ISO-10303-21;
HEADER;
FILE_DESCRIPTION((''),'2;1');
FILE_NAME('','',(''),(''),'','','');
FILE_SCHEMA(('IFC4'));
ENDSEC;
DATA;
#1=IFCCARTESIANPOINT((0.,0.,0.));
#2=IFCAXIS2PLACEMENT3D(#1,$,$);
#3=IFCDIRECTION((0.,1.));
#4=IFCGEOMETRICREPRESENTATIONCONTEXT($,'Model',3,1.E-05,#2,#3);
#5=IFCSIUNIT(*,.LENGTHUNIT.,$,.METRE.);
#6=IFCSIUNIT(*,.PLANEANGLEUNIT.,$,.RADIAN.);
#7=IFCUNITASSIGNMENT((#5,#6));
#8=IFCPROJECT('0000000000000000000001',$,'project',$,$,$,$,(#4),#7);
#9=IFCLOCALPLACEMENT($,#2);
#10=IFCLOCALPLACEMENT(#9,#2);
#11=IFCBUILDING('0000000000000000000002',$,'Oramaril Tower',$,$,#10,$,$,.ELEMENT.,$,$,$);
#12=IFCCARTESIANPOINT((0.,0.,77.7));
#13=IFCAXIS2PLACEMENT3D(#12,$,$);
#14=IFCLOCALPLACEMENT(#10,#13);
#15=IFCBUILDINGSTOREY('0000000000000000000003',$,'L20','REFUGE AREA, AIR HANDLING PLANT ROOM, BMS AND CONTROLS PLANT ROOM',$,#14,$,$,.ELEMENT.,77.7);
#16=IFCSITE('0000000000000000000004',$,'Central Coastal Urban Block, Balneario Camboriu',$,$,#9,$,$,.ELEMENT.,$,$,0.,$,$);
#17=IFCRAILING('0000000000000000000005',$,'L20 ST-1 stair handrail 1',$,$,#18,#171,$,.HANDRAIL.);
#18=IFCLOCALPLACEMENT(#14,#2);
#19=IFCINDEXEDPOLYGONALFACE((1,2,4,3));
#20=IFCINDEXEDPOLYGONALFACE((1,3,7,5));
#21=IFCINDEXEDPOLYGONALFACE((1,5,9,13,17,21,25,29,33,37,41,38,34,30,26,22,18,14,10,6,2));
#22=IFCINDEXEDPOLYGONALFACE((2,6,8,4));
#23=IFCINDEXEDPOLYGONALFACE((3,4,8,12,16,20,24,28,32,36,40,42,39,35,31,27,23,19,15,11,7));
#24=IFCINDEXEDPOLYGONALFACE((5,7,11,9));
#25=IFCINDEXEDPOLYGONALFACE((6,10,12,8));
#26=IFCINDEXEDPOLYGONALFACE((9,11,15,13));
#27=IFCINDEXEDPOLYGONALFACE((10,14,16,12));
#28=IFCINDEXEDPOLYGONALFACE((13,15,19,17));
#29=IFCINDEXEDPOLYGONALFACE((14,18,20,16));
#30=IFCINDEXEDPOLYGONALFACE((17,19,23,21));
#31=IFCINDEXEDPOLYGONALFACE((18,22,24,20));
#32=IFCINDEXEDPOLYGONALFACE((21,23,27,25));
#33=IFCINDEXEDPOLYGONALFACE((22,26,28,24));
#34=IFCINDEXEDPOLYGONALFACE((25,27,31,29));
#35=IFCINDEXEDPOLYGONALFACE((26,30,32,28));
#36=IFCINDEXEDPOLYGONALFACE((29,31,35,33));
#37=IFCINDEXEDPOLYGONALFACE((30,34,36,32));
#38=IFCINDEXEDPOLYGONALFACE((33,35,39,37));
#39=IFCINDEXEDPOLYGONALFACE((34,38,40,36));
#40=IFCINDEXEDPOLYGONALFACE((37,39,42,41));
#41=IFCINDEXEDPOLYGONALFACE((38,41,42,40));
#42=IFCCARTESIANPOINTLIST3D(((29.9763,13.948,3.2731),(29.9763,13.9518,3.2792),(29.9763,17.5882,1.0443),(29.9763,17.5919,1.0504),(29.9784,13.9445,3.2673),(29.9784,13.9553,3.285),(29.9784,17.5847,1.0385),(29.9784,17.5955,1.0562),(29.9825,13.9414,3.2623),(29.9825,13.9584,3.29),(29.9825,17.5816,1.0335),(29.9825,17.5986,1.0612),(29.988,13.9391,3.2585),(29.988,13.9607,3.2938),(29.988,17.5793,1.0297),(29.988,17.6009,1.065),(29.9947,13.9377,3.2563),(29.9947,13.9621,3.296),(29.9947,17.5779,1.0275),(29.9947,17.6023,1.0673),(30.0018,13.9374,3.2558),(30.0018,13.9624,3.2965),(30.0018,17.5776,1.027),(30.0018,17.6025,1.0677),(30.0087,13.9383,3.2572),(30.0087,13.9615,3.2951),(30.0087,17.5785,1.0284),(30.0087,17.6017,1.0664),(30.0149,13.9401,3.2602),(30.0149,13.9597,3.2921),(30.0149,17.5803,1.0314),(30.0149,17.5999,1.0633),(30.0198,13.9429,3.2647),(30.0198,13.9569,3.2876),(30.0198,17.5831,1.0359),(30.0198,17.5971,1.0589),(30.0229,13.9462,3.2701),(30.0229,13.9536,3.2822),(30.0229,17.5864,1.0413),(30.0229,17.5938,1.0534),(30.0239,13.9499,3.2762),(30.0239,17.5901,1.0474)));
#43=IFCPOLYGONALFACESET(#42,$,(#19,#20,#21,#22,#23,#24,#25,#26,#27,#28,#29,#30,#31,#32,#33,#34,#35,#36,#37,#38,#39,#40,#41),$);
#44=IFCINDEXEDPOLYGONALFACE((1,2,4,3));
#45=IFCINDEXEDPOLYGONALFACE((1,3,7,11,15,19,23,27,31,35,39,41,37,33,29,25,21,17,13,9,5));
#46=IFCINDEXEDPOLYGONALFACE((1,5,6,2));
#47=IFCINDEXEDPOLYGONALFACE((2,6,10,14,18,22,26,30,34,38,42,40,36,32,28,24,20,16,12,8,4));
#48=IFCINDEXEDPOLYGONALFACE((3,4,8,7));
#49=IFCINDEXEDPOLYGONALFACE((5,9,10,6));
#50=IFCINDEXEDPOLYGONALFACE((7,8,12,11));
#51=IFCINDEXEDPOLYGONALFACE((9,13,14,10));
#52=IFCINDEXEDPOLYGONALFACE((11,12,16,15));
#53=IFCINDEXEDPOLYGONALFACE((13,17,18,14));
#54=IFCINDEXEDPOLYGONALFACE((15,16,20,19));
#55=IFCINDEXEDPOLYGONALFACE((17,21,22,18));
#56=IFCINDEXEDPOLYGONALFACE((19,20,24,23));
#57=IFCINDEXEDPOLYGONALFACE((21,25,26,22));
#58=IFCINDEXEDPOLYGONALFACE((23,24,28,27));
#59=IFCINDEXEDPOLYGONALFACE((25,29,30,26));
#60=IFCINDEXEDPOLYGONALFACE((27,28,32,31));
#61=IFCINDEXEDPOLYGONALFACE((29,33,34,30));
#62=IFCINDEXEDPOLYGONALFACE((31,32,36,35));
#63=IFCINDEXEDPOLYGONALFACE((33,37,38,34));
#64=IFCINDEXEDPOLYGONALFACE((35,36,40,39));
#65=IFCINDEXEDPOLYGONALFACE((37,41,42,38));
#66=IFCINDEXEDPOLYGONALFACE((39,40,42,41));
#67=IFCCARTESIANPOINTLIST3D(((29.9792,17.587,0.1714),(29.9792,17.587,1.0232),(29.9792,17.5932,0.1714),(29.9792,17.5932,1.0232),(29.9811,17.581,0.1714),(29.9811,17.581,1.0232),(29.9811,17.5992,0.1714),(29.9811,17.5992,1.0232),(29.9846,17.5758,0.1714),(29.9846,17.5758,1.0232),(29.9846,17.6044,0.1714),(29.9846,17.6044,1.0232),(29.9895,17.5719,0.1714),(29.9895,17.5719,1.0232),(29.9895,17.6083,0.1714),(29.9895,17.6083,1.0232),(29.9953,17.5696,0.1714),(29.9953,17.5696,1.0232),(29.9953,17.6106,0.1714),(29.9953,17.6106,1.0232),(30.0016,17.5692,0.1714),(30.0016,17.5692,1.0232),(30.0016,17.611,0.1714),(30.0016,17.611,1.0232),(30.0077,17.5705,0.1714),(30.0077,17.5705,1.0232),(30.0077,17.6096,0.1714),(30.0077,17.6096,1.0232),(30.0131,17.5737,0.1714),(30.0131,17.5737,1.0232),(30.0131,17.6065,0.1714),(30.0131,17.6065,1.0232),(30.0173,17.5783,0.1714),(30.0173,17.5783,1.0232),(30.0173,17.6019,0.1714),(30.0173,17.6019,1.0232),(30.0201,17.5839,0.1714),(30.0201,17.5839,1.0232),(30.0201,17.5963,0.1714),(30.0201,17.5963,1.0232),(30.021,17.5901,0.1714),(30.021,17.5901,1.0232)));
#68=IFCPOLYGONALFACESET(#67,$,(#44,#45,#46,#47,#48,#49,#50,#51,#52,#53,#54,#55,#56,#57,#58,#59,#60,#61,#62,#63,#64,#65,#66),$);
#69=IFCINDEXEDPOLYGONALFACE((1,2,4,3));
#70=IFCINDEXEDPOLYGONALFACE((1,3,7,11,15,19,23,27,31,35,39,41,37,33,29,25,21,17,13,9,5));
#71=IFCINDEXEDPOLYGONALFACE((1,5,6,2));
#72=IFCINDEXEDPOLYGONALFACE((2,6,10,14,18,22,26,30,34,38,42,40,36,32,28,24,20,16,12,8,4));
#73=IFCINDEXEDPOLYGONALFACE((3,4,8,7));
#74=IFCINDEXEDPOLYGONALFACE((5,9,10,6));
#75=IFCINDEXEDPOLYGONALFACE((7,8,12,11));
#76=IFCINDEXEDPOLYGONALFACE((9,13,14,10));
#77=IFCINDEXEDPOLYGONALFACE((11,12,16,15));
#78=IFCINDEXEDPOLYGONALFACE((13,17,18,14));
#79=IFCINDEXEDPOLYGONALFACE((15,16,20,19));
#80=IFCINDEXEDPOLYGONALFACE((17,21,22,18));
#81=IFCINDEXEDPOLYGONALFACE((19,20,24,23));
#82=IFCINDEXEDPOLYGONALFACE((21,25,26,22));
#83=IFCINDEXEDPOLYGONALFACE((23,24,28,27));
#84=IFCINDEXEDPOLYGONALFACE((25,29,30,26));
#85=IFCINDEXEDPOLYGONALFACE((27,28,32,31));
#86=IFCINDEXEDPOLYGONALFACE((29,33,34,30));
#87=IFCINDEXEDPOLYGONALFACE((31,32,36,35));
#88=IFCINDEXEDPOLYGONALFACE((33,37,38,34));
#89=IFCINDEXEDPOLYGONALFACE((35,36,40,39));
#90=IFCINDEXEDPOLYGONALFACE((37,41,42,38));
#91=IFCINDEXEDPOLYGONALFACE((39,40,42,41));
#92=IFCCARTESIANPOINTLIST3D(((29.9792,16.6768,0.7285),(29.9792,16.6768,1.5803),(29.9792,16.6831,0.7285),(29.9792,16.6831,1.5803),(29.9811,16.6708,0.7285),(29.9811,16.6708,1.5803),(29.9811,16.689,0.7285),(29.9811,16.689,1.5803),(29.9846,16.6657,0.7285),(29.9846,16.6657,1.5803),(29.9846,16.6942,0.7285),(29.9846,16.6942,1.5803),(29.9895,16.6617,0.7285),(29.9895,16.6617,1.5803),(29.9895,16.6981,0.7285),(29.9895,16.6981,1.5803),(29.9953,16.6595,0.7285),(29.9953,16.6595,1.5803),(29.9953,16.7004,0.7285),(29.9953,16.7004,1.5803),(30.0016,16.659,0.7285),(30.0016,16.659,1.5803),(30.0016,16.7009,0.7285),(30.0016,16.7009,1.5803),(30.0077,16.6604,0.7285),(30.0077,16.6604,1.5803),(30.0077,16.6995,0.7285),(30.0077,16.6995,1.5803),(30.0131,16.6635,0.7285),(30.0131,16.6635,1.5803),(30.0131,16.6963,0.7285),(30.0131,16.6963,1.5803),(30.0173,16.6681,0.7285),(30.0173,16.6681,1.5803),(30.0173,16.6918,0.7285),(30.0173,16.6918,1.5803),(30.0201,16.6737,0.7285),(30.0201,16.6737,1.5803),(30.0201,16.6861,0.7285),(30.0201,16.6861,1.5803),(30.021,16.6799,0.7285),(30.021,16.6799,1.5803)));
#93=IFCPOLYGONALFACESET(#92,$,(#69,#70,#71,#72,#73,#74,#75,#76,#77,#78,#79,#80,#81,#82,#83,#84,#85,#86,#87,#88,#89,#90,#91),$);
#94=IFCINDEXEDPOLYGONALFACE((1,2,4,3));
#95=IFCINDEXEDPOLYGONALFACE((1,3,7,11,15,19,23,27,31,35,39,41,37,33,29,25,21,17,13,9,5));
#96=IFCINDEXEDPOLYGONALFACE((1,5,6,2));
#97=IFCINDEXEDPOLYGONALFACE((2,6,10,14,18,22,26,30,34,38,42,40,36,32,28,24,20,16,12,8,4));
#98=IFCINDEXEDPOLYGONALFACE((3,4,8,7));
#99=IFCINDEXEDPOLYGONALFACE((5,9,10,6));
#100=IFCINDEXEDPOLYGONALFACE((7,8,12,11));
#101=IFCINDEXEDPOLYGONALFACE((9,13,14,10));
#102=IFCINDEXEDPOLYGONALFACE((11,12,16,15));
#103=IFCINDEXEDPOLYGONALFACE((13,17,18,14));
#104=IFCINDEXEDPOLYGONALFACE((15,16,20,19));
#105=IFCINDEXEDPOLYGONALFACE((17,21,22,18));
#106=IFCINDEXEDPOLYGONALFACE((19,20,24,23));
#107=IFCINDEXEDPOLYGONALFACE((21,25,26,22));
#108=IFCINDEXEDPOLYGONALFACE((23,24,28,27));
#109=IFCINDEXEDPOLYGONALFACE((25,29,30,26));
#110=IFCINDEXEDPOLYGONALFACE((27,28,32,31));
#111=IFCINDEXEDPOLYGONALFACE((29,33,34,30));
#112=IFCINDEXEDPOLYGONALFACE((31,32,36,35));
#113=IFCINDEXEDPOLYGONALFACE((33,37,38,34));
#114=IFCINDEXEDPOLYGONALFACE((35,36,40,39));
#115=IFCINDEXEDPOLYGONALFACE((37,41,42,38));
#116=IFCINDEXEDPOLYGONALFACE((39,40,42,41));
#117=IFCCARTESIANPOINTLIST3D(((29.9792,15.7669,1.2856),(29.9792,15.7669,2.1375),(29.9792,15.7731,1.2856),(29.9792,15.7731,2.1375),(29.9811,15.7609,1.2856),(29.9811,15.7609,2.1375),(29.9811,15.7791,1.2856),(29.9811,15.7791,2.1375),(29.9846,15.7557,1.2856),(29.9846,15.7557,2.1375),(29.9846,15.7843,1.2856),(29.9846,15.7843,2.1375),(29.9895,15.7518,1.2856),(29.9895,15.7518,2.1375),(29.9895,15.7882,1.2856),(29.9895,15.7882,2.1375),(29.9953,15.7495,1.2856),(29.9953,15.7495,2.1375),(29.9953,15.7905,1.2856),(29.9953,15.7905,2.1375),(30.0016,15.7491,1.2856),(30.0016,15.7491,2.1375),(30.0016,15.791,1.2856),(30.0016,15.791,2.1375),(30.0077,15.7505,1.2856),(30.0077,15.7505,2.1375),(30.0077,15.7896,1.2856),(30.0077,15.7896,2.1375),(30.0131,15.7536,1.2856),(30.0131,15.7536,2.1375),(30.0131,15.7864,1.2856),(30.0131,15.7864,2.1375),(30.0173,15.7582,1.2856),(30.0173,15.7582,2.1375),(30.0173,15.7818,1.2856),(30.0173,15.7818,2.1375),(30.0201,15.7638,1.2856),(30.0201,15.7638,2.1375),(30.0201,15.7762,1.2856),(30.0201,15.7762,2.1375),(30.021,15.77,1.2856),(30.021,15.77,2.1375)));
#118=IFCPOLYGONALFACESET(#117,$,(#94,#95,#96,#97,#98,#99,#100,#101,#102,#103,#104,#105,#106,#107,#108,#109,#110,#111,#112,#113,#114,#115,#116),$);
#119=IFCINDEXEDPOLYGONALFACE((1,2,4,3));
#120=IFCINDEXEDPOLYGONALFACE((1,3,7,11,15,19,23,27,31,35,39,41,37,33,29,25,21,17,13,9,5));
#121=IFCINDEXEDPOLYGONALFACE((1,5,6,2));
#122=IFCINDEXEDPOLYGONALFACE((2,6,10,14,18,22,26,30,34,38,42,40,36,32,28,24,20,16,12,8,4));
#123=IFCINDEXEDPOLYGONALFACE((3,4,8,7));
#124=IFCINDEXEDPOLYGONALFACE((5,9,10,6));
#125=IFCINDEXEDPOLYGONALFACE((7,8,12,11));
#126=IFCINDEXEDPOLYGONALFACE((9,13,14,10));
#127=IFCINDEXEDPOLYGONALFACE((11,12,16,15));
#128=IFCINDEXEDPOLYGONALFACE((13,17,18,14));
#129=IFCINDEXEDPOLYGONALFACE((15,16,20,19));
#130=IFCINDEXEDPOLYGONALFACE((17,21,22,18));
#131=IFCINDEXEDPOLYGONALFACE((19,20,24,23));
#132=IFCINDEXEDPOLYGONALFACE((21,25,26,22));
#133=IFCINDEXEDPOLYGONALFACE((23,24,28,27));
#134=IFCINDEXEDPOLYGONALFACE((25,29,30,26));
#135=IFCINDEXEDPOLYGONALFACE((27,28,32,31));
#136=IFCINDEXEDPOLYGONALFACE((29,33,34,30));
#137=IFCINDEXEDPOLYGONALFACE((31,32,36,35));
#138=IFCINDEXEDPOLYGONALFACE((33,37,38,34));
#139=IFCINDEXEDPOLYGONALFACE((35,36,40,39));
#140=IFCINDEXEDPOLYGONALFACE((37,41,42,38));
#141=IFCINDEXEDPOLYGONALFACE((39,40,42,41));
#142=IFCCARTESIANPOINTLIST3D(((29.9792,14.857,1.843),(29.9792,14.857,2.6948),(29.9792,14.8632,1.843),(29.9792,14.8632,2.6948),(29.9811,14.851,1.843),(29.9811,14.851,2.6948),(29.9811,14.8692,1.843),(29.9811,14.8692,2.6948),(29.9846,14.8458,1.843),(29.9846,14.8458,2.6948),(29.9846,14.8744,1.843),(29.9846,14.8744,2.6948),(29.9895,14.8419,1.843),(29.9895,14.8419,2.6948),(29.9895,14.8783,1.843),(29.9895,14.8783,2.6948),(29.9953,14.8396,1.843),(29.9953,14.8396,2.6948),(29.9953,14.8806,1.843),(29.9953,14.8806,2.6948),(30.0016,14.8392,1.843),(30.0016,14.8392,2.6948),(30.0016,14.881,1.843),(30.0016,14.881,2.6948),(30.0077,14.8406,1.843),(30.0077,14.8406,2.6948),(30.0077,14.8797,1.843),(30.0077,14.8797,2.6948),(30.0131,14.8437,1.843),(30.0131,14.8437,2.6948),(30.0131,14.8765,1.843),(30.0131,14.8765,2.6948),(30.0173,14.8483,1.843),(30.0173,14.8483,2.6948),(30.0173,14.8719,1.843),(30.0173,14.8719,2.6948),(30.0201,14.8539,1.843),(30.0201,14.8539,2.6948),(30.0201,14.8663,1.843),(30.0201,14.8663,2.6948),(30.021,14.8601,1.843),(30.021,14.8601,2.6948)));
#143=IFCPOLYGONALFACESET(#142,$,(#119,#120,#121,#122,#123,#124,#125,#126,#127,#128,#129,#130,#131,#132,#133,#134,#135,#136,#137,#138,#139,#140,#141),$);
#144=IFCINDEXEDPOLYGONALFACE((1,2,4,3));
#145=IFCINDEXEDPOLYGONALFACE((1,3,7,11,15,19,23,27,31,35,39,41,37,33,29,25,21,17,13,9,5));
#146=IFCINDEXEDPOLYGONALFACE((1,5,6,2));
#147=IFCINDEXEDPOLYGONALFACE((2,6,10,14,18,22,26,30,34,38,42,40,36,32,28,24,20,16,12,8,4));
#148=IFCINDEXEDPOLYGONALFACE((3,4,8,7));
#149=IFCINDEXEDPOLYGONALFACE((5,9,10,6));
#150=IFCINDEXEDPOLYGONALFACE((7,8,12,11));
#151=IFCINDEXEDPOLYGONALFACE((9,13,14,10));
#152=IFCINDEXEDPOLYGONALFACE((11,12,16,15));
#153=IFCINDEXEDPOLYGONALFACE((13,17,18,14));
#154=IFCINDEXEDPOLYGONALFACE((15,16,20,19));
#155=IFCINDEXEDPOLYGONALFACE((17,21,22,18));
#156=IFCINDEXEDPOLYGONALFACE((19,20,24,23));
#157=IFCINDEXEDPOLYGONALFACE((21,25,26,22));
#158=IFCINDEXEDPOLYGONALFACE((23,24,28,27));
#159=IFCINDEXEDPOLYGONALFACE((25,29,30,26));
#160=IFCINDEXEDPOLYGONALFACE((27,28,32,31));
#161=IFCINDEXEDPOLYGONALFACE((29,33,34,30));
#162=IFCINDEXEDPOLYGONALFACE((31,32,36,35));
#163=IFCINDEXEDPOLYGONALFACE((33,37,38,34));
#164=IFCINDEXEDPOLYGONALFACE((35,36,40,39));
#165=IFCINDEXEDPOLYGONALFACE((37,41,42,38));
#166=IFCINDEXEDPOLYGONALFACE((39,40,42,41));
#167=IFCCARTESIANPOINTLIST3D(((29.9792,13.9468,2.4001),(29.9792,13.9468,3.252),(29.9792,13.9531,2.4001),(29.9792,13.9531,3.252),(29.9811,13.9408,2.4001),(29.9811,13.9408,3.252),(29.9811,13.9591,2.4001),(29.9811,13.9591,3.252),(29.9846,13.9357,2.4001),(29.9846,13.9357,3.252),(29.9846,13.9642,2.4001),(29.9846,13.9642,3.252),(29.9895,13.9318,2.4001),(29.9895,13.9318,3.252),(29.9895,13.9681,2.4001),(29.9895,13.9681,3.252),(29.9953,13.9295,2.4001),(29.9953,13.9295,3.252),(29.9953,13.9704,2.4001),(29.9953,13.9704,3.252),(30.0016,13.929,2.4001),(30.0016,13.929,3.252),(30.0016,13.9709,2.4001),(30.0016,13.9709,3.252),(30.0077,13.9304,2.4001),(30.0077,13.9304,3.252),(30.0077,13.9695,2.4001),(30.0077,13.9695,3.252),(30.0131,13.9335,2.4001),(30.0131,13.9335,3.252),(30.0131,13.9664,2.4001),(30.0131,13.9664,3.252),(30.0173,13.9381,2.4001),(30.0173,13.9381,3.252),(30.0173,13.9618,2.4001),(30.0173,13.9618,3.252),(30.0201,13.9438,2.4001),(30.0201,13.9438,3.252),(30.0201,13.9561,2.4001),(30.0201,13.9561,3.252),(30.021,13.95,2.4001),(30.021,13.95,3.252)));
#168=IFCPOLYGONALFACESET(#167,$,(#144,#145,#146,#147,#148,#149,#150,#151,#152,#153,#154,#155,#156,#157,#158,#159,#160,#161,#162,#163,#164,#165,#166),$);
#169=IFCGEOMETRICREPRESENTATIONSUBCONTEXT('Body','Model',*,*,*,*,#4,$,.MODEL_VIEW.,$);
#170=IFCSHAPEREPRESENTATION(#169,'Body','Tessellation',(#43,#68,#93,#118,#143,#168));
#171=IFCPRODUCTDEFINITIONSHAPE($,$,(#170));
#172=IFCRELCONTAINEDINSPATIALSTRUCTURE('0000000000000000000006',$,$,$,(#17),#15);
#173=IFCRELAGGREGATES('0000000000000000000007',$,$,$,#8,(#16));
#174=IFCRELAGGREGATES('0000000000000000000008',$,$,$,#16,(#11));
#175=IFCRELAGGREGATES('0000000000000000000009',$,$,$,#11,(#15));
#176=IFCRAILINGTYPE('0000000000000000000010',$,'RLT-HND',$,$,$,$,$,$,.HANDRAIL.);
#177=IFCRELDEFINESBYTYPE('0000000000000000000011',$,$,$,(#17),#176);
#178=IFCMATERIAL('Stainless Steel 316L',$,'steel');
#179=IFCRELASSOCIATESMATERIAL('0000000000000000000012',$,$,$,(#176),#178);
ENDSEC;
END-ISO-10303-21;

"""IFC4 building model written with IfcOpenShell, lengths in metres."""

from ifc_helpers import new_model, si_unit, direction, frame, origin, origin_2d, place, context, subcontext, project, spatial, circle, extrude, material, type_object, element, save


model = new_model("IFC4")

# Units and contexts
model_context = context("Model", 3, precision=1e-05, world=origin(), true_north=direction((0.0, 1.0)))
body_context = subcontext(model_context, "Body", "Model", "MODEL_VIEW")
ifc_project = project(units=[si_unit("LENGTHUNIT", "METRE"), si_unit("PLANEANGLEUNIT", "RADIAN")], contexts=[model_context])

# Site, building, storey
site_placement = place(None, origin())
site = spatial("IfcSite", under=ifc_project, at=site_placement, Name="Central Coastal Urban Block, Balneario Camboriu", CompositionType="ELEMENT", RefElevation=0.0)
building_placement = place(site_placement, origin())
building = spatial("IfcBuilding", under=site, at=building_placement, Name="Oramaril Tower", CompositionType="ELEMENT")
storey_placement = place(building_placement, frame((0.0, 0.0, 77.7)))
storey = spatial("IfcBuildingStorey", under=building, at=storey_placement, Name="L20", Description="REFUGE AREA, AIR HANDLING PLANT ROOM, BMS AND CONTROLS PLANT ROOM", CompositionType="ELEMENT", Elevation=77.7)

# Railing
ifc_material_1 = material(Name="Stainless Steel 316L", Category="steel")
railing_type_1 = type_object("IfcRailingType", Name="RLT-HND", PredefinedType="HANDRAIL", material=ifc_material_1)
railing_1_placement = place(storey_placement, frame((30.0, 17.5901, 0.1714)))
element("IfcRailing", 1, at=railing_1_placement, inside=storey, type_object=railing_type_1, Name="L20 ST-1 stair handrail 1", PredefinedType="HANDRAIL", context=body_context, shape_type="SweptSolid", body=[
    extrude(circle(Radius=0.0239, at=origin_2d()), frame((0.0, 0.0, 0.876), z_axis=(0.0, -0.85284, 0.522172), x_axis=(1.0, 0.0, 0.0)), (0.0, 0.0, 1.0), 4.2683),
    extrude(circle(Radius=0.021, at=origin_2d()), origin(), (0.0, 0.0, 1.0), 0.8518),
    extrude(circle(Radius=0.021, at=origin_2d()), frame((0.0, -0.9102, 0.5571)), (0.0, 0.0, 1.0), 0.8518),
    extrude(circle(Radius=0.021, at=origin_2d()), frame((0.0, -1.8201, 1.1143)), (0.0, 0.0, 1.0), 0.8518),
    extrude(circle(Radius=0.021, at=origin_2d()), frame((0.0, -2.73, 1.6716)), (0.0, 0.0, 1.0), 0.8518),
    extrude(circle(Radius=0.021, at=origin_2d()), frame((0.0, -3.6401, 2.2288)), (0.0, 0.0, 1.0), 0.8518),
])

save(model, "model.ifc")
